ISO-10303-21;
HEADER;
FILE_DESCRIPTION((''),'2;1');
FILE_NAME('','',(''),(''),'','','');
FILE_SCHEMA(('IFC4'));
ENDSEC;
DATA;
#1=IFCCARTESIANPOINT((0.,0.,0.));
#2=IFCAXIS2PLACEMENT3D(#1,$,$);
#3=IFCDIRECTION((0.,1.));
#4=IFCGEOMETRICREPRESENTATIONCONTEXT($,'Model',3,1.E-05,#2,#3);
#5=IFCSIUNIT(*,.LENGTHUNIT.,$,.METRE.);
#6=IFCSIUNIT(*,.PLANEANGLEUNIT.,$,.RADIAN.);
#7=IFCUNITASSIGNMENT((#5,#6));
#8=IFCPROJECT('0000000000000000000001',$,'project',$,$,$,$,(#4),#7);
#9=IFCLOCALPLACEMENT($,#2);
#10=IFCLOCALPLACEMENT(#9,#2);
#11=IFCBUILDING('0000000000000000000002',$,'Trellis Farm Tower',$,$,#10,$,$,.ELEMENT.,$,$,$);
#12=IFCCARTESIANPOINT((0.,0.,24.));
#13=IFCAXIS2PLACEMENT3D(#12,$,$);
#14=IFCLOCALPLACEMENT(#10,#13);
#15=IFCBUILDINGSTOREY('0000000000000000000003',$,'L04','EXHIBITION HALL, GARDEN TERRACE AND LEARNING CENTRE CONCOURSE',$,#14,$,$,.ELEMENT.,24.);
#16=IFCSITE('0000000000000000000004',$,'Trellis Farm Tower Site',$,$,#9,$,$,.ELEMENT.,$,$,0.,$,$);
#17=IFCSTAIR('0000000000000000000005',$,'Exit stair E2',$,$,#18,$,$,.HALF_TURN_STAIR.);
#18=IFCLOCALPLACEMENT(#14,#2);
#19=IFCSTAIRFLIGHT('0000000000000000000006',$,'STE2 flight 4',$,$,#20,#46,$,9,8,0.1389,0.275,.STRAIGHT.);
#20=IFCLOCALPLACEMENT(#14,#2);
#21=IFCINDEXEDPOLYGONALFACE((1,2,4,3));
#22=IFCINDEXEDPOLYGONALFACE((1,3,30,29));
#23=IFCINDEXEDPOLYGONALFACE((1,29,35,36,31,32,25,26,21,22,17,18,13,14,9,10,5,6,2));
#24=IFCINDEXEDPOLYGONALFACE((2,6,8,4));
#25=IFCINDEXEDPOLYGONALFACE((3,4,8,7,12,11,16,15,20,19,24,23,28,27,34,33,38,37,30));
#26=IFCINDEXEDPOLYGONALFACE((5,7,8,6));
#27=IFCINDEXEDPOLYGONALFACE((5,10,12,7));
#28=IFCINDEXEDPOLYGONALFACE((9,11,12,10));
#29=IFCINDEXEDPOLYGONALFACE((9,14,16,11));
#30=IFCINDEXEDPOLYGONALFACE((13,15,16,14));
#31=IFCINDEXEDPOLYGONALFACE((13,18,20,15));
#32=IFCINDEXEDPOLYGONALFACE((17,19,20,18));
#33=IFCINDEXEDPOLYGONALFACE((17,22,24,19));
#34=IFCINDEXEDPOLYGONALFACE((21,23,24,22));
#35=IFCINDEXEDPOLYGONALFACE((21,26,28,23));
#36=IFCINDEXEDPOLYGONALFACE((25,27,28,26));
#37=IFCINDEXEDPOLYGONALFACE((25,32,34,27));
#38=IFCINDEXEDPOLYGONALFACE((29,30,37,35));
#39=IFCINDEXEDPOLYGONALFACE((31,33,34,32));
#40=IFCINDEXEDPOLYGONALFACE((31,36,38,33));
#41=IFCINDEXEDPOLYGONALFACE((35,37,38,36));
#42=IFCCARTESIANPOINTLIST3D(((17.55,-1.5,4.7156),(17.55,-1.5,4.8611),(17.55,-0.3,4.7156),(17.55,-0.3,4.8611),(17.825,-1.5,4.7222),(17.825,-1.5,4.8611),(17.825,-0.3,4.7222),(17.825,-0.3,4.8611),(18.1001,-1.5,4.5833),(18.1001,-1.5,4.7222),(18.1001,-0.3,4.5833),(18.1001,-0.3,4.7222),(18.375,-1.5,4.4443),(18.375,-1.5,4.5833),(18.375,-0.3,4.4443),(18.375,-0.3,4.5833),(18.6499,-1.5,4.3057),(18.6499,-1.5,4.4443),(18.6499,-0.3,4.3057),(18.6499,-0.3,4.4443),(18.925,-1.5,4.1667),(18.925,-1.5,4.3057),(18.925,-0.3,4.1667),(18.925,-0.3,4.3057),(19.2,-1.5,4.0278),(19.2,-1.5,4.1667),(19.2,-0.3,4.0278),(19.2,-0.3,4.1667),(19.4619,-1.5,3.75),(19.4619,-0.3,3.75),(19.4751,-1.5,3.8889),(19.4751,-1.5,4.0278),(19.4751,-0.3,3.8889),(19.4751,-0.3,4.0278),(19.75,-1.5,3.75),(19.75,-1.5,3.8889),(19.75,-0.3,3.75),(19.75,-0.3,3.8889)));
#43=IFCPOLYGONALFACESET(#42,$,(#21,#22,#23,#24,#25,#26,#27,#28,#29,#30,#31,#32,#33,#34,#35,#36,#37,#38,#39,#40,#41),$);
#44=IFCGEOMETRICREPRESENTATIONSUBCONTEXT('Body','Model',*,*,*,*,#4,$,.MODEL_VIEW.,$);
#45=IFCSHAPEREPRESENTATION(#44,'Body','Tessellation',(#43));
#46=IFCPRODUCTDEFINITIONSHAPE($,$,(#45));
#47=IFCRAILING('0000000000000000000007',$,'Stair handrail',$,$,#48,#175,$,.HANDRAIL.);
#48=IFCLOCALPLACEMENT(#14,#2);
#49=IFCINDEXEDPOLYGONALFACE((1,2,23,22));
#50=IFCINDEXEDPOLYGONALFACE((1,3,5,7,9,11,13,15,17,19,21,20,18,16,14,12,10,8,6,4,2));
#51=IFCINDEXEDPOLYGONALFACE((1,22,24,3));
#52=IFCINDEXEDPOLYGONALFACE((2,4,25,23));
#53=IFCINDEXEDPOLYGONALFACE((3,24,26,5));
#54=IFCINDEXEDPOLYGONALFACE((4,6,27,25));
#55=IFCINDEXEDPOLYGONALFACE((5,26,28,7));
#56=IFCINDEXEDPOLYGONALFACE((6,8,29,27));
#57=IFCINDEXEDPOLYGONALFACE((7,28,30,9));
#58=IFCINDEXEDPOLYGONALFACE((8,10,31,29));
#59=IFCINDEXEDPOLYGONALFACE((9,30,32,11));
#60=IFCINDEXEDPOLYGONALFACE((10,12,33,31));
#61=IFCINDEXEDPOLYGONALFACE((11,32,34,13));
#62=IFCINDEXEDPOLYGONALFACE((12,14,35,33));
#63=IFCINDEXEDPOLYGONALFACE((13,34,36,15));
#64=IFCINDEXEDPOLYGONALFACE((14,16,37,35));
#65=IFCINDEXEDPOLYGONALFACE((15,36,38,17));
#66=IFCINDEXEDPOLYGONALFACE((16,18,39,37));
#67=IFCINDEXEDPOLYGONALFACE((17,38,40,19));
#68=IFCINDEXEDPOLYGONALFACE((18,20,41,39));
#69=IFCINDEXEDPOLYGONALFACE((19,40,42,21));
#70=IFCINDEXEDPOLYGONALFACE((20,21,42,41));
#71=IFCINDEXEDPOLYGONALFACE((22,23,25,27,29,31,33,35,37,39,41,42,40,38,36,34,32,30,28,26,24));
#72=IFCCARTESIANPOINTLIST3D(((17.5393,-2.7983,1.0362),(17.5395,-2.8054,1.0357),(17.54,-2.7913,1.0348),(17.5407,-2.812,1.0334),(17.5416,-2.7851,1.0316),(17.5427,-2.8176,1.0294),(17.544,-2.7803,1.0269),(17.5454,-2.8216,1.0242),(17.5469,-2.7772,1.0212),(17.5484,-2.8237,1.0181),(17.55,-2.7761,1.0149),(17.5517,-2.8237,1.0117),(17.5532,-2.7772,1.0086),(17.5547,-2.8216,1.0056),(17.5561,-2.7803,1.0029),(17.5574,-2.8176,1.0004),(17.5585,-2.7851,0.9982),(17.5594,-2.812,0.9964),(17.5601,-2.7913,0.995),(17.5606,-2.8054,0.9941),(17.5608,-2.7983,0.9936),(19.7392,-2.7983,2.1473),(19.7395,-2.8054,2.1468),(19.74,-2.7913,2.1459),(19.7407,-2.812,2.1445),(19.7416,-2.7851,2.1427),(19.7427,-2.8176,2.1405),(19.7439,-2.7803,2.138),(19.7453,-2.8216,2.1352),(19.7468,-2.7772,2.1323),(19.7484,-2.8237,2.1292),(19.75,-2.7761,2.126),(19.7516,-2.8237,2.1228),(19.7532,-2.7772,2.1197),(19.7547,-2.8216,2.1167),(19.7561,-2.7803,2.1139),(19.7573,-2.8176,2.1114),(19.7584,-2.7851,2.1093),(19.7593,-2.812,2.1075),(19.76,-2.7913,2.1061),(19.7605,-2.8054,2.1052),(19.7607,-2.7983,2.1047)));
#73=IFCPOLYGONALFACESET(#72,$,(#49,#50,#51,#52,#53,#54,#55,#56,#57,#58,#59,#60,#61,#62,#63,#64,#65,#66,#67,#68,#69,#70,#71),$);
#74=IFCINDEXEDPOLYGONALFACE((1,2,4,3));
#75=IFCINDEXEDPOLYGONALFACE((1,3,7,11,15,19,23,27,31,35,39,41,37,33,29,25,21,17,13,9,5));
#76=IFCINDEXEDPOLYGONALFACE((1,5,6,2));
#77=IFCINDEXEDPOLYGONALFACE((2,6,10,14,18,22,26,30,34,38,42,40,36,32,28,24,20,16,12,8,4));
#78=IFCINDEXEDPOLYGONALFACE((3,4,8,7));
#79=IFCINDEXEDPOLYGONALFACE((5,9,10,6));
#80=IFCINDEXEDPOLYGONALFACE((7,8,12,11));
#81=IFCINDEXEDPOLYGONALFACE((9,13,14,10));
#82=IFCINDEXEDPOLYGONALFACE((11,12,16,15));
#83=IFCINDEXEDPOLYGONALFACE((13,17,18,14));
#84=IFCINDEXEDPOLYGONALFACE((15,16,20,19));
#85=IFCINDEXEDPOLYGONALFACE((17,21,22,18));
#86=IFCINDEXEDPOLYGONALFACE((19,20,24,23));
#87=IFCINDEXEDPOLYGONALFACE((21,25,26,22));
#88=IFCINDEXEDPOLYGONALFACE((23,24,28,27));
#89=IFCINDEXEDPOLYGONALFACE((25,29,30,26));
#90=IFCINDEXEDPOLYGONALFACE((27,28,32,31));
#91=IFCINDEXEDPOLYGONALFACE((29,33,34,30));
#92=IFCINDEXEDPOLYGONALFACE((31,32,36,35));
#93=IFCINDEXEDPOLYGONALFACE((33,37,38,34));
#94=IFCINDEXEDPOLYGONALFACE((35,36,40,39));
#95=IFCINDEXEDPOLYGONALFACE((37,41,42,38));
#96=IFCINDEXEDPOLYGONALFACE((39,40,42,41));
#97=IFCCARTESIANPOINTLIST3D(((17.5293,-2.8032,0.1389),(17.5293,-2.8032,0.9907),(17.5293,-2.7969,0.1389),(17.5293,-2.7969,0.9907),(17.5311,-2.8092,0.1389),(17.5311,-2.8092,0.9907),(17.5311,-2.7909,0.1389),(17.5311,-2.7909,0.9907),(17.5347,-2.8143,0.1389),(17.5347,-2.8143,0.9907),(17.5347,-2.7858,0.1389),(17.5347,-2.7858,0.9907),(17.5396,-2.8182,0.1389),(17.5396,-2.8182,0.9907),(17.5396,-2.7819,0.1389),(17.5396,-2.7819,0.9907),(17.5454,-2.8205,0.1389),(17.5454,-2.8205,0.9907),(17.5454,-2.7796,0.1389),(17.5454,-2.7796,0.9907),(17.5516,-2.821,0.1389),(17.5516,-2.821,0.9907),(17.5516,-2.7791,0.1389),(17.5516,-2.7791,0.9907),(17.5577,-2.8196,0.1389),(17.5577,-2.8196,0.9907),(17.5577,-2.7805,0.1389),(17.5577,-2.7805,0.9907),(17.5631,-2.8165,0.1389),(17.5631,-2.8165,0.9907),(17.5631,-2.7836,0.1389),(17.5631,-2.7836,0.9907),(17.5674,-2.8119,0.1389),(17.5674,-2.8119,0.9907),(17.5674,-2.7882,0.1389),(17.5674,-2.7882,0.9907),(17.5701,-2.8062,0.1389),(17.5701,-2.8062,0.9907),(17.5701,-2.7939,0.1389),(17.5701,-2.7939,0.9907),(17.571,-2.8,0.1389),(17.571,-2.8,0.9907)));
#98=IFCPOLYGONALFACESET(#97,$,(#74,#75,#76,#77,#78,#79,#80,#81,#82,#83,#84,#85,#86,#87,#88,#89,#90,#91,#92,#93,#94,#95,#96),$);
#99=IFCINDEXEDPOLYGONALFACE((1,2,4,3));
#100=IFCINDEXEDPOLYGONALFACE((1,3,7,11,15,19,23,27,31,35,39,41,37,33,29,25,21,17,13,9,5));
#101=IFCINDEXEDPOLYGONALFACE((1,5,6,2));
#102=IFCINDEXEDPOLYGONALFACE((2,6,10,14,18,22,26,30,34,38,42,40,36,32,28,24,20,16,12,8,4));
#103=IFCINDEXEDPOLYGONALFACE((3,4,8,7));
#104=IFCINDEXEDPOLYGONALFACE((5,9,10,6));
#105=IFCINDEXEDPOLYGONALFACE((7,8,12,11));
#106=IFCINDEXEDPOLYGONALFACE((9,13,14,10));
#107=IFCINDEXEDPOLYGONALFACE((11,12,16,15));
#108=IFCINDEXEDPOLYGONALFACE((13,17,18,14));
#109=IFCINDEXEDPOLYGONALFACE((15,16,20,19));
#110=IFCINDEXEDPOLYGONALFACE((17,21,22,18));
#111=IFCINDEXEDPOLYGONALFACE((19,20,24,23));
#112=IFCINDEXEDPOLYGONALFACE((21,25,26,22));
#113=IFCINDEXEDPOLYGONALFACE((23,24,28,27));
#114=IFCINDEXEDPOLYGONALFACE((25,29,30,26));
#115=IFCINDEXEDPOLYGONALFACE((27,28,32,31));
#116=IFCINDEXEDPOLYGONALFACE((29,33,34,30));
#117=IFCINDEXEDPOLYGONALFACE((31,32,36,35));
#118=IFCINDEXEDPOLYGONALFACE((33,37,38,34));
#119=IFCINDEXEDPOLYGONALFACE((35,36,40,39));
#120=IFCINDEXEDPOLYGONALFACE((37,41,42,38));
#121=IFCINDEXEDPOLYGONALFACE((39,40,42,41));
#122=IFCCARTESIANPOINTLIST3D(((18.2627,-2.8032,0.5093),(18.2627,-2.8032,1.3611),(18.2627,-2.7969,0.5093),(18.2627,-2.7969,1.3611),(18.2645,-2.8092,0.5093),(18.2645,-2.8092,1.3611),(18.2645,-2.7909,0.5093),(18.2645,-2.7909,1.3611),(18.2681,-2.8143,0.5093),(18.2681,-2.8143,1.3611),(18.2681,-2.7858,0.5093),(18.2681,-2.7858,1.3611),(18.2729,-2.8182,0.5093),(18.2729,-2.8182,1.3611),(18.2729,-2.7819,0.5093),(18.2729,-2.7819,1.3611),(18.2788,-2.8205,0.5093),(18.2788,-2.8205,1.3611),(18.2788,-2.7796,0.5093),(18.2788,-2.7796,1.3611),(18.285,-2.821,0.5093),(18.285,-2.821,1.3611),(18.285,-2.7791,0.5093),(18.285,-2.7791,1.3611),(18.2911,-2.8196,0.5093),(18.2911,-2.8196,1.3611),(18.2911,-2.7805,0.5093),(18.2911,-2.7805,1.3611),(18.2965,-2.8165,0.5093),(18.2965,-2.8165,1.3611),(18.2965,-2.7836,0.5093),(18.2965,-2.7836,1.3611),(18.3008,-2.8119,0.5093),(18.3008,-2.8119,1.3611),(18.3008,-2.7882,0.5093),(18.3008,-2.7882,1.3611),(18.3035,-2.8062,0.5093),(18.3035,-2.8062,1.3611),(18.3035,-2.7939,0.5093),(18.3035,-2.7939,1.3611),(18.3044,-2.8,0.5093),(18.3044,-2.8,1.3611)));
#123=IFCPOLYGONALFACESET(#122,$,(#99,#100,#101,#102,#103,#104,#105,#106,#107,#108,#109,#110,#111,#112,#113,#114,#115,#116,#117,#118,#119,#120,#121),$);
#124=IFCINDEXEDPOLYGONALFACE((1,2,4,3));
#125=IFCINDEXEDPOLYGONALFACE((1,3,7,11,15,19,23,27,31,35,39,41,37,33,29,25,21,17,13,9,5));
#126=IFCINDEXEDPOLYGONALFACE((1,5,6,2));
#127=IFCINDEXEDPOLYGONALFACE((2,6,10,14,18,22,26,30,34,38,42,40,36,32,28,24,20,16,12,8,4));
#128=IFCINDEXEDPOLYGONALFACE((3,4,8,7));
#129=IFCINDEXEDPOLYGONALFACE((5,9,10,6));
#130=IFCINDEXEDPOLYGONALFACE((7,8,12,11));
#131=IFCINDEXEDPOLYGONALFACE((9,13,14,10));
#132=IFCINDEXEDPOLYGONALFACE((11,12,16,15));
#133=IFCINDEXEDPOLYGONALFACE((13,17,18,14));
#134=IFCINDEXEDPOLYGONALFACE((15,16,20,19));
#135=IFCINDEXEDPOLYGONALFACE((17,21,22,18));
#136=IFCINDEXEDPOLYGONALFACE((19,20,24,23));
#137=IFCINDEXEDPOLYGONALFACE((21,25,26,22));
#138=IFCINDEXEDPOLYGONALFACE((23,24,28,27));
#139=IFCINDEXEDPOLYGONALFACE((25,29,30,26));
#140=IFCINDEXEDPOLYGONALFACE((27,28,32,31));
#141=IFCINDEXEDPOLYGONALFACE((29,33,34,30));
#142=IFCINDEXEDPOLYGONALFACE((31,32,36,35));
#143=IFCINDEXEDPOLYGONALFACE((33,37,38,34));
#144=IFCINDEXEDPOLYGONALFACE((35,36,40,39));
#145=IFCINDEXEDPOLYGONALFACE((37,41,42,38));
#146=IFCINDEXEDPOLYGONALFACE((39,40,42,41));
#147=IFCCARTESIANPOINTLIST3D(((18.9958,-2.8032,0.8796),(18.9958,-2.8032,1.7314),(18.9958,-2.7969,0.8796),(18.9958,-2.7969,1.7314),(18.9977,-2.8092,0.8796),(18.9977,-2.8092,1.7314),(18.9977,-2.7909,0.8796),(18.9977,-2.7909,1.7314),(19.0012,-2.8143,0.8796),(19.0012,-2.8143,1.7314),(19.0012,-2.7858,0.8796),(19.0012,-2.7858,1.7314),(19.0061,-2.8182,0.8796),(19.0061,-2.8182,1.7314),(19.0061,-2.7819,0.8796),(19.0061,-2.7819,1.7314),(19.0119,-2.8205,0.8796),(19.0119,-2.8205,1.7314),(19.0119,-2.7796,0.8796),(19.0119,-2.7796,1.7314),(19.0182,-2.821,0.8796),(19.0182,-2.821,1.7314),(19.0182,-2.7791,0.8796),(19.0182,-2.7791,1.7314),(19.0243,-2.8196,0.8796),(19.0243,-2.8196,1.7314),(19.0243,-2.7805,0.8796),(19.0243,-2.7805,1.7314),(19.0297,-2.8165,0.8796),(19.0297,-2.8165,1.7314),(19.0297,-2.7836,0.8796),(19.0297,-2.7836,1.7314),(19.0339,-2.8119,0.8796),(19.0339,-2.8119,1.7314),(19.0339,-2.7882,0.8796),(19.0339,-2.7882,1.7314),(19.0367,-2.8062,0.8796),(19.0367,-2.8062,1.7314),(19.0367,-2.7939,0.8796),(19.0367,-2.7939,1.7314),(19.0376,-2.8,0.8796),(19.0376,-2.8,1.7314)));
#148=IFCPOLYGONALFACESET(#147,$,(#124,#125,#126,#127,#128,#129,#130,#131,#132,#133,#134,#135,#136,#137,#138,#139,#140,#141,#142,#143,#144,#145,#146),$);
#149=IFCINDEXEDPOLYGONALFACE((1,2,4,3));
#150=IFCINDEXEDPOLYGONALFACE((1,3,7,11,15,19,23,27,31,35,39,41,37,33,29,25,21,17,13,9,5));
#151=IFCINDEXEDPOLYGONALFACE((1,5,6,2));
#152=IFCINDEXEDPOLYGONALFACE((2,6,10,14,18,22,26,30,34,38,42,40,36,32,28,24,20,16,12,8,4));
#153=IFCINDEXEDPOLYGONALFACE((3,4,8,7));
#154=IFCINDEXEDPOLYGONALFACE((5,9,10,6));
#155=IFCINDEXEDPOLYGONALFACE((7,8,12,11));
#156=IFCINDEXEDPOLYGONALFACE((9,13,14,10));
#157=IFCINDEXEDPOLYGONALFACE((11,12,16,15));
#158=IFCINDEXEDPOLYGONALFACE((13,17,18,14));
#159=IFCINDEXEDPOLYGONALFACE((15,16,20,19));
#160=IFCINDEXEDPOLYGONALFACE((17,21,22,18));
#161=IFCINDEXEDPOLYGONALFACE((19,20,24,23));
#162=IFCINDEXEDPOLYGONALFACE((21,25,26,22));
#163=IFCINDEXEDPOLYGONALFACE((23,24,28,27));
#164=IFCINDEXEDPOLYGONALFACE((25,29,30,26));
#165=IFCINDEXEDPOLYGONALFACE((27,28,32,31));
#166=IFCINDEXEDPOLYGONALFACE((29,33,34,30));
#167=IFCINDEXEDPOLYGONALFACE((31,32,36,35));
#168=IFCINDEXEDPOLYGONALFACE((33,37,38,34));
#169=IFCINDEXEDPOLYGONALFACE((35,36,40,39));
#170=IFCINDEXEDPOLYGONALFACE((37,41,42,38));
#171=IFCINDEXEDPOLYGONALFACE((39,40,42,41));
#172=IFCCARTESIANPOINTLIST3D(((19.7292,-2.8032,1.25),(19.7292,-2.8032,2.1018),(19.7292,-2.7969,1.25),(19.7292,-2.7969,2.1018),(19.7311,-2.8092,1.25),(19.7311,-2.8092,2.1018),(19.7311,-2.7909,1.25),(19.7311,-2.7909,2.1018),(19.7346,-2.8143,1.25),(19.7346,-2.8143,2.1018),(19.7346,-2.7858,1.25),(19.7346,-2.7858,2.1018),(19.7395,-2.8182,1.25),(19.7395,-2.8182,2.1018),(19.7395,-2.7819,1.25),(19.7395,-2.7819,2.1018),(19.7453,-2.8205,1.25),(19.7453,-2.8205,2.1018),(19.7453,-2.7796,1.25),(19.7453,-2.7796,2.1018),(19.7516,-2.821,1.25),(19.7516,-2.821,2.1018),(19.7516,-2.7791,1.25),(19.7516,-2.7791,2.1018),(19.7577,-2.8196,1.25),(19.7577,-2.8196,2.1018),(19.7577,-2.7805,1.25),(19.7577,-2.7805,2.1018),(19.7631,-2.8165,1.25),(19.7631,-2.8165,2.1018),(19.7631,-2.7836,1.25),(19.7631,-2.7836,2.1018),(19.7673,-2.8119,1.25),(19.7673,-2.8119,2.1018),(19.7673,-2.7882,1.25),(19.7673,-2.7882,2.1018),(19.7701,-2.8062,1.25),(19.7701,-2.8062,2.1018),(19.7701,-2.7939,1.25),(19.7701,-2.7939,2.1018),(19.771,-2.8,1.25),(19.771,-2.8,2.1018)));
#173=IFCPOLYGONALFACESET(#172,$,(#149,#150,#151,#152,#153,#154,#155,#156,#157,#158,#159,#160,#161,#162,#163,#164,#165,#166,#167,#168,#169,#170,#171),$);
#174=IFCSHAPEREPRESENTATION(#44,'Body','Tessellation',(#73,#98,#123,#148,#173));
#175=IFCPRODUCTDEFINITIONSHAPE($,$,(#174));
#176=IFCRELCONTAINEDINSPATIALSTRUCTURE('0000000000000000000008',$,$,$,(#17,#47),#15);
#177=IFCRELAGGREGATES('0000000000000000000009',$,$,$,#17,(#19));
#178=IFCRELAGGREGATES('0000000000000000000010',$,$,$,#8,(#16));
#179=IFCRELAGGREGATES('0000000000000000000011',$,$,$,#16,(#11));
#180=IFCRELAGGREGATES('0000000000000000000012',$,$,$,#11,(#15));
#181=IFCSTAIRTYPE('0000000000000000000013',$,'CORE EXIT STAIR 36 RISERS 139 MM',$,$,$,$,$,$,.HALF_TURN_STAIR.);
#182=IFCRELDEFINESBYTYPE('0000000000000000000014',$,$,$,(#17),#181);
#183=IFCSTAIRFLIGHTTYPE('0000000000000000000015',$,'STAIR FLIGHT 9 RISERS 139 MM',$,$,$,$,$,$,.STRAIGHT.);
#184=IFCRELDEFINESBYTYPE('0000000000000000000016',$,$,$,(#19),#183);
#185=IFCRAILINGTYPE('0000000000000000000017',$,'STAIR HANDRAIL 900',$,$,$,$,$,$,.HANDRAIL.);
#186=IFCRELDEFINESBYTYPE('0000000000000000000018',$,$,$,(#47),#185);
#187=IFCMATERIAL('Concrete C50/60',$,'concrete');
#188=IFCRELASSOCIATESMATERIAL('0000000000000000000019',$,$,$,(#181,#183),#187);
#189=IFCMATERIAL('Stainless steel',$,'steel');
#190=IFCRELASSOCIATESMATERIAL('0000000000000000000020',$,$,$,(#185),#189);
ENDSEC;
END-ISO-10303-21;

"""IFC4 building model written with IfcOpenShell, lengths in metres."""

from ifc_helpers import new_model, si_unit, direction, frame, origin, origin_2d, place, context, subcontext, project, spatial, polyline, circle, outline, extrude, source, transform, mapped, material, type_object, element, aggregate, save


model = new_model("IFC4")

# Units and contexts
model_context = context("Model", 3, precision=1e-05, world=origin(), true_north=direction((0.0, 1.0)))
body_context = subcontext(model_context, "Body", "Model", "MODEL_VIEW")
ifc_project = project(units=[si_unit("LENGTHUNIT", "METRE"), si_unit("PLANEANGLEUNIT", "RADIAN")], contexts=[model_context])

# Site, building, storey
site_placement = place(None, origin())
site = spatial("IfcSite", under=ifc_project, at=site_placement, Name="Trellis Farm Tower Site", CompositionType="ELEMENT", RefElevation=0.0)
building_placement = place(site_placement, origin())
building = spatial("IfcBuilding", under=site, at=building_placement, Name="Trellis Farm Tower", CompositionType="ELEMENT")
storey_placement = place(building_placement, frame((0.0, 0.0, 24.0)))
storey = spatial("IfcBuildingStorey", under=building, at=storey_placement, Name="L04", Description="EXHIBITION HALL, GARDEN TERRACE AND LEARNING CENTRE CONCOURSE", CompositionType="ELEMENT", Elevation=24.0)

# Stair, stair flight
ifc_material_1 = material(Name="Concrete C50/60", Category="concrete")
stair_type = type_object("IfcStairType", Name="CORE EXIT STAIR 36 RISERS 139 MM", PredefinedType="HALF_TURN_STAIR", material=ifc_material_1)
placement = place(storey_placement, origin())
stair_flight_type = type_object("IfcStairFlightType", Name="STAIR FLIGHT 9 RISERS 139 MM", PredefinedType="STRAIGHT", material=ifc_material_1)
shared_shape_1 = source(origin(), body_context, "Body", "SweptSolid", [
    extrude(outline(polyline([(0.0, 0.0), (0.0, 0.1389), (0.2749, 0.1389), (0.2749, 0.2778), (0.55, 0.2778), (0.55, 0.4167), (0.825, 0.4167), (0.825, 0.5557), (1.1001, 0.5557), (1.1001, 0.6943), (1.375, 0.6943), (1.375, 0.8333), (1.6499, 0.8333), (1.6499, 0.9722), (1.925, 0.9722), (1.925, 1.1111), (2.2, 1.1111), (2.2, 1.25), (2.2, 0.9656), (0.2881, 0.0), (0.0, 0.0)])), frame((0.0, 0.6001, 0.0), z_axis=(0.0, -1.0, 0.0), x_axis=(1.0, 0.0, 0.0)), (0.0, 0.0, 1.0), 1.2),
])
stair_1 = element("IfcStair", 1, at=placement, inside=storey, type_object=stair_type, Name="Exit stair E2", PredefinedType="HALF_TURN_STAIR")
stair_flight_1_placement = place(storey_placement, frame((19.75, -0.8999, 3.75), z_axis=(0.0, 0.0, 1.0), x_axis=(-1.0, 0.0, 0.0)))
stair_flight_1 = element("IfcStairFlight", 2, at=stair_flight_1_placement, type_object=stair_flight_type, Name="STE2 flight 4", NumberOfRisers=9, NumberOfTreads=8, PredefinedType="STRAIGHT", RiserHeight=0.1389, TreadLength=0.275, context=body_context, shape_type="MappedRepresentation", body=[
    mapped(shared_shape_1, transform((0.0, 0.0, 0.0))),
])
aggregate(stair_1, [stair_flight_1])

# Railing
ifc_material_2 = material(Name="Stainless steel", Category="steel")
railing_type = type_object("IfcRailingType", Name="STAIR HANDRAIL 900", PredefinedType="HANDRAIL", material=ifc_material_2)
shared_shape_2 = source(origin(), body_context, "Body", "SweptSolid", [
    extrude(circle(Radius=0.0239, at=origin_2d()), frame((0.0, 0.0, 0.876), z_axis=(0.892617, 0.0, 0.450816), x_axis=(0.0, 1.0, 0.0)), (0.0, 0.0, 1.0), 2.4646),
    extrude(circle(Radius=0.021, at=origin_2d()), origin(), (0.0, 0.0, 1.0), 0.8518),
    extrude(circle(Radius=0.021, at=origin_2d()), frame((0.7334, 0.0, 0.3704)), (0.0, 0.0, 1.0), 0.8518),
    extrude(circle(Radius=0.021, at=origin_2d()), frame((1.4666, 0.0, 0.7407)), (0.0, 0.0, 1.0), 0.8518),
    extrude(circle(Radius=0.021, at=origin_2d()), frame((2.2, 0.0, 1.1111)), (0.0, 0.0, 1.0), 0.8518),
])
for number, where, name in (
    (3, (17.55, -2.8, 0.1389), "Stair handrail"),
):
    element("IfcRailing", number, at=place(storey_placement, frame(where)), inside=storey, type_object=railing_type, Name=name, PredefinedType="HANDRAIL", context=body_context, shape_type="MappedRepresentation", body=[
        mapped(shared_shape_2, transform((0.0, 0.0, 0.0))),
    ])

save(model, "model.ifc")
